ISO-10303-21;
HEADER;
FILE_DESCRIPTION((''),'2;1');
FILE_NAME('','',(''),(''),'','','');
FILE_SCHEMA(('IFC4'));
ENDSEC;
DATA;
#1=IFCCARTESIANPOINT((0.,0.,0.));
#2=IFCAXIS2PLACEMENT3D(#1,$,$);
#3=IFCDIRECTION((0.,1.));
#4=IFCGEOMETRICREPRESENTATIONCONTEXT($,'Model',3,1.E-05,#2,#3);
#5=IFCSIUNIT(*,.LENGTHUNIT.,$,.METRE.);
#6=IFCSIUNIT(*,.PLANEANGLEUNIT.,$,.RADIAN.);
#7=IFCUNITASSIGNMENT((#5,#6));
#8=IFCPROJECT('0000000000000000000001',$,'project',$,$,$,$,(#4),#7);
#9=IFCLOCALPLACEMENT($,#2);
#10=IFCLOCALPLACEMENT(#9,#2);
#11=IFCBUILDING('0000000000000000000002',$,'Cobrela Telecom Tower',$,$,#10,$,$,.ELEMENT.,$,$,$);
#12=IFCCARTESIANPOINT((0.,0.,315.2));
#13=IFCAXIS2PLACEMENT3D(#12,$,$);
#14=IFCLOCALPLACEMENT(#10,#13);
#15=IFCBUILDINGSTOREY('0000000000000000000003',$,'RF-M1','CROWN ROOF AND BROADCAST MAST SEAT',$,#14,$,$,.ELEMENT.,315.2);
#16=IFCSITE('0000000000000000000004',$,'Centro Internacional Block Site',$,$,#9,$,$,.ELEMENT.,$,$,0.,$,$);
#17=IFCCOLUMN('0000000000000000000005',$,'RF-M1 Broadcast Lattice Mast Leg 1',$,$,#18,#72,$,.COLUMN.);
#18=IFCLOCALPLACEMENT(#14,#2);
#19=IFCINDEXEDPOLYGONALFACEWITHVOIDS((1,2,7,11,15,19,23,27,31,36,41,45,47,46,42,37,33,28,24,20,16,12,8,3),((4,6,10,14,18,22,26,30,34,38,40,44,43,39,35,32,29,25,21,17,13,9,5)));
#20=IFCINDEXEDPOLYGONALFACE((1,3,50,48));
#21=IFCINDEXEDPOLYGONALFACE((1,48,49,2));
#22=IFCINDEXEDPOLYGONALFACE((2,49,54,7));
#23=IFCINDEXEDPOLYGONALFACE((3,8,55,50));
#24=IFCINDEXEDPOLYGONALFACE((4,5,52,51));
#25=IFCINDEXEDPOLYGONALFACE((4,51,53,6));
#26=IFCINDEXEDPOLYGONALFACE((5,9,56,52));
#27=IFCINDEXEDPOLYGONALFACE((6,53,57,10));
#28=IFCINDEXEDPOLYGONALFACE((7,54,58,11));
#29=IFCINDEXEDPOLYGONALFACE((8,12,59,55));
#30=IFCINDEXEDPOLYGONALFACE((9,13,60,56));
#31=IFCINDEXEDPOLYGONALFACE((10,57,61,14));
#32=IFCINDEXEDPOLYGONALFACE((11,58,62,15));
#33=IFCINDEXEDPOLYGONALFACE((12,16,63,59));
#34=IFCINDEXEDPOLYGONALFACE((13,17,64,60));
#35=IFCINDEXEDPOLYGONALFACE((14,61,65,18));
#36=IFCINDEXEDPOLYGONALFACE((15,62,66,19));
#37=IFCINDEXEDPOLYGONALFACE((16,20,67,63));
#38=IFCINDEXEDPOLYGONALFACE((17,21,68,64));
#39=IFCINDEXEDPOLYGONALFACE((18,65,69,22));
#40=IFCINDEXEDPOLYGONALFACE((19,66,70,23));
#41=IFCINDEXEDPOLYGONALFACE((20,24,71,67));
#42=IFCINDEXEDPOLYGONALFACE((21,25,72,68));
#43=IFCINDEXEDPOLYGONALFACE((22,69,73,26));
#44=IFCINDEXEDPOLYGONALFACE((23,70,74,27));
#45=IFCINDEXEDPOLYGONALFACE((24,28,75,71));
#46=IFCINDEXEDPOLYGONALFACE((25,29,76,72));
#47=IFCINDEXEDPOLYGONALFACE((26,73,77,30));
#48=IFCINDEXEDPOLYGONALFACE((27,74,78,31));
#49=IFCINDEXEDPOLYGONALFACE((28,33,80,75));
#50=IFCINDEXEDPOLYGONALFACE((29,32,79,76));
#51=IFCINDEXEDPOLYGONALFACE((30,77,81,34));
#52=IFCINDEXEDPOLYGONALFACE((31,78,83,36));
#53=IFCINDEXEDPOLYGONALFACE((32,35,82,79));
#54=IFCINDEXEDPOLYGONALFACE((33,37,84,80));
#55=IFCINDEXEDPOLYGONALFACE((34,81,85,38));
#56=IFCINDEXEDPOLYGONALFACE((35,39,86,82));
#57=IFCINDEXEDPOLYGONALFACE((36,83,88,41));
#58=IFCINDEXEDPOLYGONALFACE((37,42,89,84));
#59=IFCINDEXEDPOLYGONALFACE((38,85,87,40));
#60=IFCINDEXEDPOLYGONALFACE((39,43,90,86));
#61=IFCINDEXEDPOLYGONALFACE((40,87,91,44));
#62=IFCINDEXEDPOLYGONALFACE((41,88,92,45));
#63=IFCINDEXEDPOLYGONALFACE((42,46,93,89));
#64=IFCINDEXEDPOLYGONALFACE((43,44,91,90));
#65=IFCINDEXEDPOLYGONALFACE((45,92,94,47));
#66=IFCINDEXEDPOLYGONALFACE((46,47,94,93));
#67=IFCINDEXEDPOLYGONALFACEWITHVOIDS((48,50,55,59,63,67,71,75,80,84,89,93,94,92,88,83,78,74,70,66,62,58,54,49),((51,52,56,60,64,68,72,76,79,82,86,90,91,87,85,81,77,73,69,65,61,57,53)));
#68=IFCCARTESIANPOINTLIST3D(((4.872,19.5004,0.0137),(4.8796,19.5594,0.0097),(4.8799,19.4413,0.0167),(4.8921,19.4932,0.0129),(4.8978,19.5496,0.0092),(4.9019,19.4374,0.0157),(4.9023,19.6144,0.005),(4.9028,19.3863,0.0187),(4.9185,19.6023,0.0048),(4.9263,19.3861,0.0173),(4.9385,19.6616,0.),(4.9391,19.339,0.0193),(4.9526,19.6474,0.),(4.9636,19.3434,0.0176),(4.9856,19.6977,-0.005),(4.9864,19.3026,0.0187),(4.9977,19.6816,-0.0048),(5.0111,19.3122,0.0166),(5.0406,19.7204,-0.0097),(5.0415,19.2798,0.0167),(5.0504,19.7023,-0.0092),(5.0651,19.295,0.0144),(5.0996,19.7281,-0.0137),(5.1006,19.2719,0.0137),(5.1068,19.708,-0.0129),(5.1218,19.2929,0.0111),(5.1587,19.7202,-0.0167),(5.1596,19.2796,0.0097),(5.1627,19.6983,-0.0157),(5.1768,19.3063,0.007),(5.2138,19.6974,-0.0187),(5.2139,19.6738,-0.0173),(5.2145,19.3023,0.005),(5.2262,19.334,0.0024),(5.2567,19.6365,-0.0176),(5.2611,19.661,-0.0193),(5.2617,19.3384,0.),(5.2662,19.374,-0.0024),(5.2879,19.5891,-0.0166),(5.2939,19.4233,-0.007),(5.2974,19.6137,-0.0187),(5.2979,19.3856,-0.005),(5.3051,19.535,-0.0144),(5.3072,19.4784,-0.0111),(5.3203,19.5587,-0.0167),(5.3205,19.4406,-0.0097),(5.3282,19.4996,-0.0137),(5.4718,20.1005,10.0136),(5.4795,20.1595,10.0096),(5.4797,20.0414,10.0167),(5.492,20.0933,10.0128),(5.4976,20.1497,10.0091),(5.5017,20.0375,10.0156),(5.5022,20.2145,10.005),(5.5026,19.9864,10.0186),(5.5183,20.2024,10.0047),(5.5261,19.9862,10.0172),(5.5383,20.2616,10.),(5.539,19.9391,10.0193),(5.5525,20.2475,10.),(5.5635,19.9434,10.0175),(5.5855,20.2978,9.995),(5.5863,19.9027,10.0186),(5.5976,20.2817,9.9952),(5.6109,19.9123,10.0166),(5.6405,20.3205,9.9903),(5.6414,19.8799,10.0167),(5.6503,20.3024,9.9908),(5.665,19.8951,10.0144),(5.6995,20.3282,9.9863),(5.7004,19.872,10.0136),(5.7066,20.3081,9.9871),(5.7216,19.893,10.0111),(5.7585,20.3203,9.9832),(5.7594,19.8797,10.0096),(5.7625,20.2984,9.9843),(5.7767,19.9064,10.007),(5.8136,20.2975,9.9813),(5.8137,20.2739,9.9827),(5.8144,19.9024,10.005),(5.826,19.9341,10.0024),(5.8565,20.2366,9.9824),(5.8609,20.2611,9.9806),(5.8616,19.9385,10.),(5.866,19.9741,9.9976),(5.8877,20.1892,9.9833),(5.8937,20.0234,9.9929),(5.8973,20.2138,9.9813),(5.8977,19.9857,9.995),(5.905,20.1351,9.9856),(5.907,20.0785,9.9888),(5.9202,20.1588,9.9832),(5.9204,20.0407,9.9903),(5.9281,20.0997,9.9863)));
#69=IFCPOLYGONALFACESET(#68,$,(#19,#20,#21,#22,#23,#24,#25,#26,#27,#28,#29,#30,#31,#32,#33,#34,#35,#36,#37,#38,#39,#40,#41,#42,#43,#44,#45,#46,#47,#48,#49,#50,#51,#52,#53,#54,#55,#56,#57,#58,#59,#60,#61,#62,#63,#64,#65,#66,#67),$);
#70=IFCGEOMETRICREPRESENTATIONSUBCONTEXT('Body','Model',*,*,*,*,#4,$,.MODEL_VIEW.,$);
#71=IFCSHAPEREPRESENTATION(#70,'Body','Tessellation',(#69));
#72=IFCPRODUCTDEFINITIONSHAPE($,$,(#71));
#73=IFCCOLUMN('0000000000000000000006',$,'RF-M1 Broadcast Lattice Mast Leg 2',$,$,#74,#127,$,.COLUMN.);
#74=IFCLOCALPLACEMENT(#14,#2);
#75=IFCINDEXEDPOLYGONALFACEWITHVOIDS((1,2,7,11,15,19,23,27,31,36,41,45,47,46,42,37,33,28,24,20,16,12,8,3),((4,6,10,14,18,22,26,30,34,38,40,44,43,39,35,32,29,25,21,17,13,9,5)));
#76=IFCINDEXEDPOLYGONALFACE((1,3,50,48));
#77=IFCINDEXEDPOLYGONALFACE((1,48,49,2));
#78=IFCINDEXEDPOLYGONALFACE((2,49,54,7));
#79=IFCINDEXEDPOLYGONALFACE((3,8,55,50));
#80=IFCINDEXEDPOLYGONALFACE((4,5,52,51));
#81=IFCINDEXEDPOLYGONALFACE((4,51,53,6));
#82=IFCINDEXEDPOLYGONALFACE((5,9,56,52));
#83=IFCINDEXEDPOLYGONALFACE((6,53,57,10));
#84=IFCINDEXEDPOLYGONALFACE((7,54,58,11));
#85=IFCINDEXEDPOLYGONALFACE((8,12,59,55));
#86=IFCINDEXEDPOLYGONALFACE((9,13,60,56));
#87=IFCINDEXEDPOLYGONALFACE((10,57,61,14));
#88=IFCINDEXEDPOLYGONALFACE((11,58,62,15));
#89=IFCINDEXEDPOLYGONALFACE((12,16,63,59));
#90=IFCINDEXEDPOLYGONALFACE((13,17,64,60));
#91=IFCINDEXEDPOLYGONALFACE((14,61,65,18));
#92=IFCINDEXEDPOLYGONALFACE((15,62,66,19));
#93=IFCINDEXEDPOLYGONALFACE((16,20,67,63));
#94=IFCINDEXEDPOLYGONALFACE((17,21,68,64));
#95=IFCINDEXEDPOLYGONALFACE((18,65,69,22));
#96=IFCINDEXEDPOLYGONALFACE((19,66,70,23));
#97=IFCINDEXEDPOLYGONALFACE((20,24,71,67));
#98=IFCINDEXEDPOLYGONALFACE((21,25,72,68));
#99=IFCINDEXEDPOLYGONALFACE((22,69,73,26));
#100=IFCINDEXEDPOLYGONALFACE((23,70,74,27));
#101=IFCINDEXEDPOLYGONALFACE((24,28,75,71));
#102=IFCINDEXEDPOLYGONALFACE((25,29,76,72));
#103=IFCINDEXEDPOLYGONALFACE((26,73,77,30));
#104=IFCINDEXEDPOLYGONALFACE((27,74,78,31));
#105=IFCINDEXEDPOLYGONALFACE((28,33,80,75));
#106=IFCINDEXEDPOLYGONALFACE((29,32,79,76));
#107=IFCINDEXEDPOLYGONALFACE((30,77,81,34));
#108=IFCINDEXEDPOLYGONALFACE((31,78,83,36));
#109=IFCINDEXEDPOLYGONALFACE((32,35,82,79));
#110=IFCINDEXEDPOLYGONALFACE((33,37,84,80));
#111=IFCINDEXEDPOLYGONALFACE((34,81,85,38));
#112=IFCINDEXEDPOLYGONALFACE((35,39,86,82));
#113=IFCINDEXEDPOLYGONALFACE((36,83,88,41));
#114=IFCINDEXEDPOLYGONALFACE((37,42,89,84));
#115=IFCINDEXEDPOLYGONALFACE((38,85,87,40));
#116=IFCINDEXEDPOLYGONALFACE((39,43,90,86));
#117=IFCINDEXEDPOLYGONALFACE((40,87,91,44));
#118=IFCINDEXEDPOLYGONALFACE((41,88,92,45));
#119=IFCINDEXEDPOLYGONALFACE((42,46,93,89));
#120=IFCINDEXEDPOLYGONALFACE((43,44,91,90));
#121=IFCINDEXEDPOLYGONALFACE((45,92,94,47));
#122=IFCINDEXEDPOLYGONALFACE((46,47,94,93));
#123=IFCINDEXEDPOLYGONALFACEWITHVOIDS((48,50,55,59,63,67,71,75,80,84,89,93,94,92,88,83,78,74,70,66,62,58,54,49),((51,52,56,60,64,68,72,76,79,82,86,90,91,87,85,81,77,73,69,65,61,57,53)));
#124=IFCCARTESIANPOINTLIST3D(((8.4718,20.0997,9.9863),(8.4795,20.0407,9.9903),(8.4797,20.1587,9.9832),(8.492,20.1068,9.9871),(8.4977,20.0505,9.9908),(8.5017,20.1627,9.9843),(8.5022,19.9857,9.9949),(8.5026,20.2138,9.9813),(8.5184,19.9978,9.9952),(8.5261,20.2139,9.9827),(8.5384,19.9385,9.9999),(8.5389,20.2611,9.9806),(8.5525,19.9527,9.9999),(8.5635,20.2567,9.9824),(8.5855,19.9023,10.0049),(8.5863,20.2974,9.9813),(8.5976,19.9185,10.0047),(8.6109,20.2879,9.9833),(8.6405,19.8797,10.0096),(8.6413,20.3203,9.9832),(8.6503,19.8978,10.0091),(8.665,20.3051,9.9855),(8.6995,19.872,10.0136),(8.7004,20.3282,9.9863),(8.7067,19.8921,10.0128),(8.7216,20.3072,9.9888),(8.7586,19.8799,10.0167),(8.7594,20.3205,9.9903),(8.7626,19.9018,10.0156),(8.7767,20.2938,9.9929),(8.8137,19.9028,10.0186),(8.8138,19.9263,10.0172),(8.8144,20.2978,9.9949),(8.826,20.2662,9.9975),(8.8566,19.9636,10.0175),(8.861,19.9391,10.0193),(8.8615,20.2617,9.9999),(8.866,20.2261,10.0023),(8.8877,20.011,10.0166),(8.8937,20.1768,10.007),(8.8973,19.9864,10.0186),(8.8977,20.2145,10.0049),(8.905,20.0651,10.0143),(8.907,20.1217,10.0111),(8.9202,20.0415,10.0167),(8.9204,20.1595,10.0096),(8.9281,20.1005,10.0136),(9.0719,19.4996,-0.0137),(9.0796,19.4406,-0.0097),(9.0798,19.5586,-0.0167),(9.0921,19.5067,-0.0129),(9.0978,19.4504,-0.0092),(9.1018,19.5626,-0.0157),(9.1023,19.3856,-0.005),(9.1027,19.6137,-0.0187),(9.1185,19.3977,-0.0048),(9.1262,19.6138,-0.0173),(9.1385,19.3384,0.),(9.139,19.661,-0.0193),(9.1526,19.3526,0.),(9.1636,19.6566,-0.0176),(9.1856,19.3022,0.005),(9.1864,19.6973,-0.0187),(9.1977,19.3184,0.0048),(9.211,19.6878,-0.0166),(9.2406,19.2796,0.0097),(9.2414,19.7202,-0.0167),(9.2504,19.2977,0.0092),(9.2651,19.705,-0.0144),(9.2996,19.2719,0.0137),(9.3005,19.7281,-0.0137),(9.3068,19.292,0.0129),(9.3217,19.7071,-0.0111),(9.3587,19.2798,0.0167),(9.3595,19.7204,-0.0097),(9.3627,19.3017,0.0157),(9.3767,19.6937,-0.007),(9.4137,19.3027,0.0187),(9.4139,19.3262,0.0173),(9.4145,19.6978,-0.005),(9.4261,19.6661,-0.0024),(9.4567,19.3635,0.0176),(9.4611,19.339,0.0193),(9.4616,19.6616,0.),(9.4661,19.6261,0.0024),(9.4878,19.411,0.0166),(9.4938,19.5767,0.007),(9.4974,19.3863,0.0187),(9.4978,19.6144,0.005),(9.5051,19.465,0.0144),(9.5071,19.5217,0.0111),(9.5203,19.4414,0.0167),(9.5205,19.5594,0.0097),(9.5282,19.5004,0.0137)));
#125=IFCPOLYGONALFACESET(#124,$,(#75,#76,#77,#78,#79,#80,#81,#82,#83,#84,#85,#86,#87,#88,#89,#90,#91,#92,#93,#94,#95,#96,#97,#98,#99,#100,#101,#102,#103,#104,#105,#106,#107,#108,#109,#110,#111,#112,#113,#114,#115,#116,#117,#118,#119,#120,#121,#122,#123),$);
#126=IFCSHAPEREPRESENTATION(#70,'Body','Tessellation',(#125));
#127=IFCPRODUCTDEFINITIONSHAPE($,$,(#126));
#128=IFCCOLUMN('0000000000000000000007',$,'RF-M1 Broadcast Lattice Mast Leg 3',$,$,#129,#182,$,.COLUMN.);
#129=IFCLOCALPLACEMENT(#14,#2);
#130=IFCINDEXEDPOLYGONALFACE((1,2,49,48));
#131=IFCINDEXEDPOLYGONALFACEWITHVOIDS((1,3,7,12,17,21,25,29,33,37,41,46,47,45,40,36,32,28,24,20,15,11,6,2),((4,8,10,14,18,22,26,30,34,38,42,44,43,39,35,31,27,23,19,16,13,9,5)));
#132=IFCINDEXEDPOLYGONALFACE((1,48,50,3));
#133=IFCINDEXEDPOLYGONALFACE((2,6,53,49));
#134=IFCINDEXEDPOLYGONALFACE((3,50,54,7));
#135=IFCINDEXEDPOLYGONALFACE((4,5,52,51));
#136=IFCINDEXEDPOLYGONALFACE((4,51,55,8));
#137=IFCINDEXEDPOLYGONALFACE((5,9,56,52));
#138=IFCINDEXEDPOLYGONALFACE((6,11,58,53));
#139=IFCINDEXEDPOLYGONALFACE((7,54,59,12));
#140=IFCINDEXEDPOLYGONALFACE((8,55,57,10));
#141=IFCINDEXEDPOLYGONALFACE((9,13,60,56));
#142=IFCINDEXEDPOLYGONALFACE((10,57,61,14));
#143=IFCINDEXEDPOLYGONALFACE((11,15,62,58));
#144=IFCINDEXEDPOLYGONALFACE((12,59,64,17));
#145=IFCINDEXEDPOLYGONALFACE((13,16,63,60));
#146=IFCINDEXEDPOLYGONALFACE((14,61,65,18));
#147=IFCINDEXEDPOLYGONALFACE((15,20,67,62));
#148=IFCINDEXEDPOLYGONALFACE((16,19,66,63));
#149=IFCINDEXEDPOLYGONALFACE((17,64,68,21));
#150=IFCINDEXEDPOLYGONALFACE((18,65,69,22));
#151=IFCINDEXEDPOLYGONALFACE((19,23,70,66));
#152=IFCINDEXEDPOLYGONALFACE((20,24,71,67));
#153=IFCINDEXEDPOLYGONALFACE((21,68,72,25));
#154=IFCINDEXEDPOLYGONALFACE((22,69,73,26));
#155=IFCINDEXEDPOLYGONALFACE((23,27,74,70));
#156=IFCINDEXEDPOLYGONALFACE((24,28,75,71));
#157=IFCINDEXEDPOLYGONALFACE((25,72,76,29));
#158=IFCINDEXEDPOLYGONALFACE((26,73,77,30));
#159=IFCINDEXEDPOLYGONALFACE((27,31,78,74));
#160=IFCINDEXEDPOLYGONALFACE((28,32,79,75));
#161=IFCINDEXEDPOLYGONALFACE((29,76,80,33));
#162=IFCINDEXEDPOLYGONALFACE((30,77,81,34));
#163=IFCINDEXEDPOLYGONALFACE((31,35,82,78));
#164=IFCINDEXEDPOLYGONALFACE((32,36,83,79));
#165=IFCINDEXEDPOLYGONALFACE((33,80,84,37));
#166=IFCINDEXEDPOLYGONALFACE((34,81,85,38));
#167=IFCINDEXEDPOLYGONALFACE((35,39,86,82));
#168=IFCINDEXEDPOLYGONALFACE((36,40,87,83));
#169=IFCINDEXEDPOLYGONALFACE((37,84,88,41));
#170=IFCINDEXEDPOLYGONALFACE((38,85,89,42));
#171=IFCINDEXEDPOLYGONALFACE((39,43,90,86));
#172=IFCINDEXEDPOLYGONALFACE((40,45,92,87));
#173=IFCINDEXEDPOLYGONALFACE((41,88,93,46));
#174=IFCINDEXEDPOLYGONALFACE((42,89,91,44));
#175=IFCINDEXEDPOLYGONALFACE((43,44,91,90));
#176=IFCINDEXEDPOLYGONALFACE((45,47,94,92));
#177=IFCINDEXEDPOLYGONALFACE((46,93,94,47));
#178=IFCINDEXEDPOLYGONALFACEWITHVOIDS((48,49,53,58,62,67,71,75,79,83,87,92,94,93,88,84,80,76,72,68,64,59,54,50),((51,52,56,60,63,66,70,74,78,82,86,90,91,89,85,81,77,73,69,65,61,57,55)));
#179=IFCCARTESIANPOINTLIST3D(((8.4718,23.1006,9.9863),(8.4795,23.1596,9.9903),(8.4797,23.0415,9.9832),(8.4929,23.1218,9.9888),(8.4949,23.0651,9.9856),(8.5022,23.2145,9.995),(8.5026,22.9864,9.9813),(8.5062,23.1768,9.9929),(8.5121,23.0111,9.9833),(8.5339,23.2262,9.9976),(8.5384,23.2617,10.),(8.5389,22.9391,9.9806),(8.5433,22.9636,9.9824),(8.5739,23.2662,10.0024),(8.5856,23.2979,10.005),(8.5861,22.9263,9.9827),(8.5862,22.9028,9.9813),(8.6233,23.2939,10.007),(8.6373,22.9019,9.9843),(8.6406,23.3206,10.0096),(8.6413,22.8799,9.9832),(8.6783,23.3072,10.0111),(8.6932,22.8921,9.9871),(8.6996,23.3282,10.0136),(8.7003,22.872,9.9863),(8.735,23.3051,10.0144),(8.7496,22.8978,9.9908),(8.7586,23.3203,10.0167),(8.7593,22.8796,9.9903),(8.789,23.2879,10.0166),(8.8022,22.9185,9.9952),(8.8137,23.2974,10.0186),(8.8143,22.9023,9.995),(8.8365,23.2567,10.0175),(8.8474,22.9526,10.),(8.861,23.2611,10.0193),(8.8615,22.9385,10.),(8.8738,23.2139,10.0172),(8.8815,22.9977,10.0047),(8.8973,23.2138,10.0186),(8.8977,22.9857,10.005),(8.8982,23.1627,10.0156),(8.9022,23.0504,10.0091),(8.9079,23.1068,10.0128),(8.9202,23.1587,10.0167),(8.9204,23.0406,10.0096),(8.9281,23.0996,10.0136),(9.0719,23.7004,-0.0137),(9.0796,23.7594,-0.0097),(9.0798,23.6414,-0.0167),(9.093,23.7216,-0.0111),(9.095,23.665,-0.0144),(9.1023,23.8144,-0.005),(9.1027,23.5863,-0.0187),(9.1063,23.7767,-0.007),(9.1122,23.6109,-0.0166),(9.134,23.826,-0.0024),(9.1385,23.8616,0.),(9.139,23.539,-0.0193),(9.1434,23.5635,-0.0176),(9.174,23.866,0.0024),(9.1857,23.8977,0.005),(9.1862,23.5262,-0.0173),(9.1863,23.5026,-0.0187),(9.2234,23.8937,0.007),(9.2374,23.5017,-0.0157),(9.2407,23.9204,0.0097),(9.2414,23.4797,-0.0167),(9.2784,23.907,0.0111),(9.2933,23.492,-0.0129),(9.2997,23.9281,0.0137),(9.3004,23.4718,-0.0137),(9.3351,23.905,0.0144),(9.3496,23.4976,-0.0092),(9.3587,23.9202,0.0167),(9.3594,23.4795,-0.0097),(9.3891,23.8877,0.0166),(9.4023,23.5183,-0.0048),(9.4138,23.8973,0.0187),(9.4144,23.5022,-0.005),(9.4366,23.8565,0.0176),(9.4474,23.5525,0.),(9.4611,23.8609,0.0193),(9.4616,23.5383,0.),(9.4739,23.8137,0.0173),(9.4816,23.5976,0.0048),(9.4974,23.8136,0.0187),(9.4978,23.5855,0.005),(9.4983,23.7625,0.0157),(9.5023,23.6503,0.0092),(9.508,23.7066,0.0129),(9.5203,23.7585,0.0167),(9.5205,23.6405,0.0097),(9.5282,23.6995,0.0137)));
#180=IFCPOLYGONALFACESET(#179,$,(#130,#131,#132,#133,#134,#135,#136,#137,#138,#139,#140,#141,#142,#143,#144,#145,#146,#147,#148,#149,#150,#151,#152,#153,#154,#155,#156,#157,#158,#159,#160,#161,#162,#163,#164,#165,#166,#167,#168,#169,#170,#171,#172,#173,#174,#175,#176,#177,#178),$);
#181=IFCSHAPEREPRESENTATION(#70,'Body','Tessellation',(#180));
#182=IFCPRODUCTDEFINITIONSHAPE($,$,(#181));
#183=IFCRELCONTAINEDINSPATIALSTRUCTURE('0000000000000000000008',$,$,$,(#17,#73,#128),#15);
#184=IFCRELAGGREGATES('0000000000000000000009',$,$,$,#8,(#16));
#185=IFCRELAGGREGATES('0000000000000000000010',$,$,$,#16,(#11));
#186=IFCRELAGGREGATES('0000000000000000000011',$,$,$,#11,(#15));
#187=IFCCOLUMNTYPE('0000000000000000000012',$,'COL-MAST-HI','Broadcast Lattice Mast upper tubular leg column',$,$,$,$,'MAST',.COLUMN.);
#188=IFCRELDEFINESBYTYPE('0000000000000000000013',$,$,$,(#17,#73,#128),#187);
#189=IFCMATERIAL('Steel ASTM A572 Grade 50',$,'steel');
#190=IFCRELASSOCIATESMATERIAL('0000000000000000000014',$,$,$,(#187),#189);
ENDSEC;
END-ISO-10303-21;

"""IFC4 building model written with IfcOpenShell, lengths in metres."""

from ifc_helpers import new_model, si_unit, direction, frame, origin, origin_2d, place, context, subcontext, project, spatial, hollow_circle, extrude, material, material_profile, profile_set, type_object, element, save


model = new_model("IFC4")

# Units and contexts
model_context = context("Model", 3, precision=1e-05, world=origin(), true_north=direction((0.0, 1.0)))
body_context = subcontext(model_context, "Body", "Model", "MODEL_VIEW")
ifc_project = project(units=[si_unit("LENGTHUNIT", "METRE"), si_unit("PLANEANGLEUNIT", "RADIAN")], contexts=[model_context])

# Site, building, storey
site_placement = place(None, origin())
site = spatial("IfcSite", under=ifc_project, at=site_placement, Name="Centro Internacional Block Site", CompositionType="ELEMENT", RefElevation=0.0)
building_placement = place(site_placement, origin())
building = spatial("IfcBuilding", under=site, at=building_placement, Name="Cobrela Telecom Tower", CompositionType="ELEMENT")
storey_placement = place(building_placement, frame((0.0, 0.0, 315.2)))
storey = spatial("IfcBuildingStorey", under=building, at=storey_placement, Name="RF-M1", Description="CROWN ROOF AND BROADCAST MAST SEAT", CompositionType="ELEMENT", Elevation=315.2)

# Columns
ifc_material = material(Name="Steel ASTM A572 Grade 50", Category="steel")
ifc_material_profile_1 = material_profile(ifc_material, hollow_circle(Radius=0.2285, WallThickness=0.02, at=origin_2d()), Name="CHS 457x20")
ifc_profile_set_1 = profile_set([ifc_material_profile_1], Name="Steel ASTM A572 Grade 50")
column_type = type_object("IfcColumnType", Name="COL-MAST-HI", Description="Broadcast Lattice Mast upper tubular leg column", ElementType="MAST", PredefinedType="COLUMN", material=ifc_profile_set_1)
for number, where, z_axis, x_axis, name in (
    (1, (5.1001, 19.5, 0.0), (0.059771, 0.059795, 0.99642), (-0.707251, 0.706963, 0.0), "RF-M1 Broadcast Lattice Mast Leg 1"),
    (2, (9.3, 19.5, 0.0), (-0.059795, 0.059795, 0.996418), (-0.707107, -0.707107, 0.0), "RF-M1 Broadcast Lattice Mast Leg 2"),
    (3, (9.3, 23.7, 0.0), (-0.059795, -0.059771, 0.99642), (0.706963, -0.707251, 0.0), "RF-M1 Broadcast Lattice Mast Leg 3"),
):
    element("IfcColumn", number, at=place(storey_placement, frame(where, z_axis=z_axis, x_axis=x_axis)), inside=storey, type_object=column_type, Name=name, PredefinedType="COLUMN", context=body_context, shape_type="SweptSolid", body=[
        extrude(hollow_circle(Radius=0.2285, WallThickness=0.02, at=origin_2d()), origin(), (0.0, 0.0, 1.0), 10.0359),
    ])

save(model, "model.ifc")
